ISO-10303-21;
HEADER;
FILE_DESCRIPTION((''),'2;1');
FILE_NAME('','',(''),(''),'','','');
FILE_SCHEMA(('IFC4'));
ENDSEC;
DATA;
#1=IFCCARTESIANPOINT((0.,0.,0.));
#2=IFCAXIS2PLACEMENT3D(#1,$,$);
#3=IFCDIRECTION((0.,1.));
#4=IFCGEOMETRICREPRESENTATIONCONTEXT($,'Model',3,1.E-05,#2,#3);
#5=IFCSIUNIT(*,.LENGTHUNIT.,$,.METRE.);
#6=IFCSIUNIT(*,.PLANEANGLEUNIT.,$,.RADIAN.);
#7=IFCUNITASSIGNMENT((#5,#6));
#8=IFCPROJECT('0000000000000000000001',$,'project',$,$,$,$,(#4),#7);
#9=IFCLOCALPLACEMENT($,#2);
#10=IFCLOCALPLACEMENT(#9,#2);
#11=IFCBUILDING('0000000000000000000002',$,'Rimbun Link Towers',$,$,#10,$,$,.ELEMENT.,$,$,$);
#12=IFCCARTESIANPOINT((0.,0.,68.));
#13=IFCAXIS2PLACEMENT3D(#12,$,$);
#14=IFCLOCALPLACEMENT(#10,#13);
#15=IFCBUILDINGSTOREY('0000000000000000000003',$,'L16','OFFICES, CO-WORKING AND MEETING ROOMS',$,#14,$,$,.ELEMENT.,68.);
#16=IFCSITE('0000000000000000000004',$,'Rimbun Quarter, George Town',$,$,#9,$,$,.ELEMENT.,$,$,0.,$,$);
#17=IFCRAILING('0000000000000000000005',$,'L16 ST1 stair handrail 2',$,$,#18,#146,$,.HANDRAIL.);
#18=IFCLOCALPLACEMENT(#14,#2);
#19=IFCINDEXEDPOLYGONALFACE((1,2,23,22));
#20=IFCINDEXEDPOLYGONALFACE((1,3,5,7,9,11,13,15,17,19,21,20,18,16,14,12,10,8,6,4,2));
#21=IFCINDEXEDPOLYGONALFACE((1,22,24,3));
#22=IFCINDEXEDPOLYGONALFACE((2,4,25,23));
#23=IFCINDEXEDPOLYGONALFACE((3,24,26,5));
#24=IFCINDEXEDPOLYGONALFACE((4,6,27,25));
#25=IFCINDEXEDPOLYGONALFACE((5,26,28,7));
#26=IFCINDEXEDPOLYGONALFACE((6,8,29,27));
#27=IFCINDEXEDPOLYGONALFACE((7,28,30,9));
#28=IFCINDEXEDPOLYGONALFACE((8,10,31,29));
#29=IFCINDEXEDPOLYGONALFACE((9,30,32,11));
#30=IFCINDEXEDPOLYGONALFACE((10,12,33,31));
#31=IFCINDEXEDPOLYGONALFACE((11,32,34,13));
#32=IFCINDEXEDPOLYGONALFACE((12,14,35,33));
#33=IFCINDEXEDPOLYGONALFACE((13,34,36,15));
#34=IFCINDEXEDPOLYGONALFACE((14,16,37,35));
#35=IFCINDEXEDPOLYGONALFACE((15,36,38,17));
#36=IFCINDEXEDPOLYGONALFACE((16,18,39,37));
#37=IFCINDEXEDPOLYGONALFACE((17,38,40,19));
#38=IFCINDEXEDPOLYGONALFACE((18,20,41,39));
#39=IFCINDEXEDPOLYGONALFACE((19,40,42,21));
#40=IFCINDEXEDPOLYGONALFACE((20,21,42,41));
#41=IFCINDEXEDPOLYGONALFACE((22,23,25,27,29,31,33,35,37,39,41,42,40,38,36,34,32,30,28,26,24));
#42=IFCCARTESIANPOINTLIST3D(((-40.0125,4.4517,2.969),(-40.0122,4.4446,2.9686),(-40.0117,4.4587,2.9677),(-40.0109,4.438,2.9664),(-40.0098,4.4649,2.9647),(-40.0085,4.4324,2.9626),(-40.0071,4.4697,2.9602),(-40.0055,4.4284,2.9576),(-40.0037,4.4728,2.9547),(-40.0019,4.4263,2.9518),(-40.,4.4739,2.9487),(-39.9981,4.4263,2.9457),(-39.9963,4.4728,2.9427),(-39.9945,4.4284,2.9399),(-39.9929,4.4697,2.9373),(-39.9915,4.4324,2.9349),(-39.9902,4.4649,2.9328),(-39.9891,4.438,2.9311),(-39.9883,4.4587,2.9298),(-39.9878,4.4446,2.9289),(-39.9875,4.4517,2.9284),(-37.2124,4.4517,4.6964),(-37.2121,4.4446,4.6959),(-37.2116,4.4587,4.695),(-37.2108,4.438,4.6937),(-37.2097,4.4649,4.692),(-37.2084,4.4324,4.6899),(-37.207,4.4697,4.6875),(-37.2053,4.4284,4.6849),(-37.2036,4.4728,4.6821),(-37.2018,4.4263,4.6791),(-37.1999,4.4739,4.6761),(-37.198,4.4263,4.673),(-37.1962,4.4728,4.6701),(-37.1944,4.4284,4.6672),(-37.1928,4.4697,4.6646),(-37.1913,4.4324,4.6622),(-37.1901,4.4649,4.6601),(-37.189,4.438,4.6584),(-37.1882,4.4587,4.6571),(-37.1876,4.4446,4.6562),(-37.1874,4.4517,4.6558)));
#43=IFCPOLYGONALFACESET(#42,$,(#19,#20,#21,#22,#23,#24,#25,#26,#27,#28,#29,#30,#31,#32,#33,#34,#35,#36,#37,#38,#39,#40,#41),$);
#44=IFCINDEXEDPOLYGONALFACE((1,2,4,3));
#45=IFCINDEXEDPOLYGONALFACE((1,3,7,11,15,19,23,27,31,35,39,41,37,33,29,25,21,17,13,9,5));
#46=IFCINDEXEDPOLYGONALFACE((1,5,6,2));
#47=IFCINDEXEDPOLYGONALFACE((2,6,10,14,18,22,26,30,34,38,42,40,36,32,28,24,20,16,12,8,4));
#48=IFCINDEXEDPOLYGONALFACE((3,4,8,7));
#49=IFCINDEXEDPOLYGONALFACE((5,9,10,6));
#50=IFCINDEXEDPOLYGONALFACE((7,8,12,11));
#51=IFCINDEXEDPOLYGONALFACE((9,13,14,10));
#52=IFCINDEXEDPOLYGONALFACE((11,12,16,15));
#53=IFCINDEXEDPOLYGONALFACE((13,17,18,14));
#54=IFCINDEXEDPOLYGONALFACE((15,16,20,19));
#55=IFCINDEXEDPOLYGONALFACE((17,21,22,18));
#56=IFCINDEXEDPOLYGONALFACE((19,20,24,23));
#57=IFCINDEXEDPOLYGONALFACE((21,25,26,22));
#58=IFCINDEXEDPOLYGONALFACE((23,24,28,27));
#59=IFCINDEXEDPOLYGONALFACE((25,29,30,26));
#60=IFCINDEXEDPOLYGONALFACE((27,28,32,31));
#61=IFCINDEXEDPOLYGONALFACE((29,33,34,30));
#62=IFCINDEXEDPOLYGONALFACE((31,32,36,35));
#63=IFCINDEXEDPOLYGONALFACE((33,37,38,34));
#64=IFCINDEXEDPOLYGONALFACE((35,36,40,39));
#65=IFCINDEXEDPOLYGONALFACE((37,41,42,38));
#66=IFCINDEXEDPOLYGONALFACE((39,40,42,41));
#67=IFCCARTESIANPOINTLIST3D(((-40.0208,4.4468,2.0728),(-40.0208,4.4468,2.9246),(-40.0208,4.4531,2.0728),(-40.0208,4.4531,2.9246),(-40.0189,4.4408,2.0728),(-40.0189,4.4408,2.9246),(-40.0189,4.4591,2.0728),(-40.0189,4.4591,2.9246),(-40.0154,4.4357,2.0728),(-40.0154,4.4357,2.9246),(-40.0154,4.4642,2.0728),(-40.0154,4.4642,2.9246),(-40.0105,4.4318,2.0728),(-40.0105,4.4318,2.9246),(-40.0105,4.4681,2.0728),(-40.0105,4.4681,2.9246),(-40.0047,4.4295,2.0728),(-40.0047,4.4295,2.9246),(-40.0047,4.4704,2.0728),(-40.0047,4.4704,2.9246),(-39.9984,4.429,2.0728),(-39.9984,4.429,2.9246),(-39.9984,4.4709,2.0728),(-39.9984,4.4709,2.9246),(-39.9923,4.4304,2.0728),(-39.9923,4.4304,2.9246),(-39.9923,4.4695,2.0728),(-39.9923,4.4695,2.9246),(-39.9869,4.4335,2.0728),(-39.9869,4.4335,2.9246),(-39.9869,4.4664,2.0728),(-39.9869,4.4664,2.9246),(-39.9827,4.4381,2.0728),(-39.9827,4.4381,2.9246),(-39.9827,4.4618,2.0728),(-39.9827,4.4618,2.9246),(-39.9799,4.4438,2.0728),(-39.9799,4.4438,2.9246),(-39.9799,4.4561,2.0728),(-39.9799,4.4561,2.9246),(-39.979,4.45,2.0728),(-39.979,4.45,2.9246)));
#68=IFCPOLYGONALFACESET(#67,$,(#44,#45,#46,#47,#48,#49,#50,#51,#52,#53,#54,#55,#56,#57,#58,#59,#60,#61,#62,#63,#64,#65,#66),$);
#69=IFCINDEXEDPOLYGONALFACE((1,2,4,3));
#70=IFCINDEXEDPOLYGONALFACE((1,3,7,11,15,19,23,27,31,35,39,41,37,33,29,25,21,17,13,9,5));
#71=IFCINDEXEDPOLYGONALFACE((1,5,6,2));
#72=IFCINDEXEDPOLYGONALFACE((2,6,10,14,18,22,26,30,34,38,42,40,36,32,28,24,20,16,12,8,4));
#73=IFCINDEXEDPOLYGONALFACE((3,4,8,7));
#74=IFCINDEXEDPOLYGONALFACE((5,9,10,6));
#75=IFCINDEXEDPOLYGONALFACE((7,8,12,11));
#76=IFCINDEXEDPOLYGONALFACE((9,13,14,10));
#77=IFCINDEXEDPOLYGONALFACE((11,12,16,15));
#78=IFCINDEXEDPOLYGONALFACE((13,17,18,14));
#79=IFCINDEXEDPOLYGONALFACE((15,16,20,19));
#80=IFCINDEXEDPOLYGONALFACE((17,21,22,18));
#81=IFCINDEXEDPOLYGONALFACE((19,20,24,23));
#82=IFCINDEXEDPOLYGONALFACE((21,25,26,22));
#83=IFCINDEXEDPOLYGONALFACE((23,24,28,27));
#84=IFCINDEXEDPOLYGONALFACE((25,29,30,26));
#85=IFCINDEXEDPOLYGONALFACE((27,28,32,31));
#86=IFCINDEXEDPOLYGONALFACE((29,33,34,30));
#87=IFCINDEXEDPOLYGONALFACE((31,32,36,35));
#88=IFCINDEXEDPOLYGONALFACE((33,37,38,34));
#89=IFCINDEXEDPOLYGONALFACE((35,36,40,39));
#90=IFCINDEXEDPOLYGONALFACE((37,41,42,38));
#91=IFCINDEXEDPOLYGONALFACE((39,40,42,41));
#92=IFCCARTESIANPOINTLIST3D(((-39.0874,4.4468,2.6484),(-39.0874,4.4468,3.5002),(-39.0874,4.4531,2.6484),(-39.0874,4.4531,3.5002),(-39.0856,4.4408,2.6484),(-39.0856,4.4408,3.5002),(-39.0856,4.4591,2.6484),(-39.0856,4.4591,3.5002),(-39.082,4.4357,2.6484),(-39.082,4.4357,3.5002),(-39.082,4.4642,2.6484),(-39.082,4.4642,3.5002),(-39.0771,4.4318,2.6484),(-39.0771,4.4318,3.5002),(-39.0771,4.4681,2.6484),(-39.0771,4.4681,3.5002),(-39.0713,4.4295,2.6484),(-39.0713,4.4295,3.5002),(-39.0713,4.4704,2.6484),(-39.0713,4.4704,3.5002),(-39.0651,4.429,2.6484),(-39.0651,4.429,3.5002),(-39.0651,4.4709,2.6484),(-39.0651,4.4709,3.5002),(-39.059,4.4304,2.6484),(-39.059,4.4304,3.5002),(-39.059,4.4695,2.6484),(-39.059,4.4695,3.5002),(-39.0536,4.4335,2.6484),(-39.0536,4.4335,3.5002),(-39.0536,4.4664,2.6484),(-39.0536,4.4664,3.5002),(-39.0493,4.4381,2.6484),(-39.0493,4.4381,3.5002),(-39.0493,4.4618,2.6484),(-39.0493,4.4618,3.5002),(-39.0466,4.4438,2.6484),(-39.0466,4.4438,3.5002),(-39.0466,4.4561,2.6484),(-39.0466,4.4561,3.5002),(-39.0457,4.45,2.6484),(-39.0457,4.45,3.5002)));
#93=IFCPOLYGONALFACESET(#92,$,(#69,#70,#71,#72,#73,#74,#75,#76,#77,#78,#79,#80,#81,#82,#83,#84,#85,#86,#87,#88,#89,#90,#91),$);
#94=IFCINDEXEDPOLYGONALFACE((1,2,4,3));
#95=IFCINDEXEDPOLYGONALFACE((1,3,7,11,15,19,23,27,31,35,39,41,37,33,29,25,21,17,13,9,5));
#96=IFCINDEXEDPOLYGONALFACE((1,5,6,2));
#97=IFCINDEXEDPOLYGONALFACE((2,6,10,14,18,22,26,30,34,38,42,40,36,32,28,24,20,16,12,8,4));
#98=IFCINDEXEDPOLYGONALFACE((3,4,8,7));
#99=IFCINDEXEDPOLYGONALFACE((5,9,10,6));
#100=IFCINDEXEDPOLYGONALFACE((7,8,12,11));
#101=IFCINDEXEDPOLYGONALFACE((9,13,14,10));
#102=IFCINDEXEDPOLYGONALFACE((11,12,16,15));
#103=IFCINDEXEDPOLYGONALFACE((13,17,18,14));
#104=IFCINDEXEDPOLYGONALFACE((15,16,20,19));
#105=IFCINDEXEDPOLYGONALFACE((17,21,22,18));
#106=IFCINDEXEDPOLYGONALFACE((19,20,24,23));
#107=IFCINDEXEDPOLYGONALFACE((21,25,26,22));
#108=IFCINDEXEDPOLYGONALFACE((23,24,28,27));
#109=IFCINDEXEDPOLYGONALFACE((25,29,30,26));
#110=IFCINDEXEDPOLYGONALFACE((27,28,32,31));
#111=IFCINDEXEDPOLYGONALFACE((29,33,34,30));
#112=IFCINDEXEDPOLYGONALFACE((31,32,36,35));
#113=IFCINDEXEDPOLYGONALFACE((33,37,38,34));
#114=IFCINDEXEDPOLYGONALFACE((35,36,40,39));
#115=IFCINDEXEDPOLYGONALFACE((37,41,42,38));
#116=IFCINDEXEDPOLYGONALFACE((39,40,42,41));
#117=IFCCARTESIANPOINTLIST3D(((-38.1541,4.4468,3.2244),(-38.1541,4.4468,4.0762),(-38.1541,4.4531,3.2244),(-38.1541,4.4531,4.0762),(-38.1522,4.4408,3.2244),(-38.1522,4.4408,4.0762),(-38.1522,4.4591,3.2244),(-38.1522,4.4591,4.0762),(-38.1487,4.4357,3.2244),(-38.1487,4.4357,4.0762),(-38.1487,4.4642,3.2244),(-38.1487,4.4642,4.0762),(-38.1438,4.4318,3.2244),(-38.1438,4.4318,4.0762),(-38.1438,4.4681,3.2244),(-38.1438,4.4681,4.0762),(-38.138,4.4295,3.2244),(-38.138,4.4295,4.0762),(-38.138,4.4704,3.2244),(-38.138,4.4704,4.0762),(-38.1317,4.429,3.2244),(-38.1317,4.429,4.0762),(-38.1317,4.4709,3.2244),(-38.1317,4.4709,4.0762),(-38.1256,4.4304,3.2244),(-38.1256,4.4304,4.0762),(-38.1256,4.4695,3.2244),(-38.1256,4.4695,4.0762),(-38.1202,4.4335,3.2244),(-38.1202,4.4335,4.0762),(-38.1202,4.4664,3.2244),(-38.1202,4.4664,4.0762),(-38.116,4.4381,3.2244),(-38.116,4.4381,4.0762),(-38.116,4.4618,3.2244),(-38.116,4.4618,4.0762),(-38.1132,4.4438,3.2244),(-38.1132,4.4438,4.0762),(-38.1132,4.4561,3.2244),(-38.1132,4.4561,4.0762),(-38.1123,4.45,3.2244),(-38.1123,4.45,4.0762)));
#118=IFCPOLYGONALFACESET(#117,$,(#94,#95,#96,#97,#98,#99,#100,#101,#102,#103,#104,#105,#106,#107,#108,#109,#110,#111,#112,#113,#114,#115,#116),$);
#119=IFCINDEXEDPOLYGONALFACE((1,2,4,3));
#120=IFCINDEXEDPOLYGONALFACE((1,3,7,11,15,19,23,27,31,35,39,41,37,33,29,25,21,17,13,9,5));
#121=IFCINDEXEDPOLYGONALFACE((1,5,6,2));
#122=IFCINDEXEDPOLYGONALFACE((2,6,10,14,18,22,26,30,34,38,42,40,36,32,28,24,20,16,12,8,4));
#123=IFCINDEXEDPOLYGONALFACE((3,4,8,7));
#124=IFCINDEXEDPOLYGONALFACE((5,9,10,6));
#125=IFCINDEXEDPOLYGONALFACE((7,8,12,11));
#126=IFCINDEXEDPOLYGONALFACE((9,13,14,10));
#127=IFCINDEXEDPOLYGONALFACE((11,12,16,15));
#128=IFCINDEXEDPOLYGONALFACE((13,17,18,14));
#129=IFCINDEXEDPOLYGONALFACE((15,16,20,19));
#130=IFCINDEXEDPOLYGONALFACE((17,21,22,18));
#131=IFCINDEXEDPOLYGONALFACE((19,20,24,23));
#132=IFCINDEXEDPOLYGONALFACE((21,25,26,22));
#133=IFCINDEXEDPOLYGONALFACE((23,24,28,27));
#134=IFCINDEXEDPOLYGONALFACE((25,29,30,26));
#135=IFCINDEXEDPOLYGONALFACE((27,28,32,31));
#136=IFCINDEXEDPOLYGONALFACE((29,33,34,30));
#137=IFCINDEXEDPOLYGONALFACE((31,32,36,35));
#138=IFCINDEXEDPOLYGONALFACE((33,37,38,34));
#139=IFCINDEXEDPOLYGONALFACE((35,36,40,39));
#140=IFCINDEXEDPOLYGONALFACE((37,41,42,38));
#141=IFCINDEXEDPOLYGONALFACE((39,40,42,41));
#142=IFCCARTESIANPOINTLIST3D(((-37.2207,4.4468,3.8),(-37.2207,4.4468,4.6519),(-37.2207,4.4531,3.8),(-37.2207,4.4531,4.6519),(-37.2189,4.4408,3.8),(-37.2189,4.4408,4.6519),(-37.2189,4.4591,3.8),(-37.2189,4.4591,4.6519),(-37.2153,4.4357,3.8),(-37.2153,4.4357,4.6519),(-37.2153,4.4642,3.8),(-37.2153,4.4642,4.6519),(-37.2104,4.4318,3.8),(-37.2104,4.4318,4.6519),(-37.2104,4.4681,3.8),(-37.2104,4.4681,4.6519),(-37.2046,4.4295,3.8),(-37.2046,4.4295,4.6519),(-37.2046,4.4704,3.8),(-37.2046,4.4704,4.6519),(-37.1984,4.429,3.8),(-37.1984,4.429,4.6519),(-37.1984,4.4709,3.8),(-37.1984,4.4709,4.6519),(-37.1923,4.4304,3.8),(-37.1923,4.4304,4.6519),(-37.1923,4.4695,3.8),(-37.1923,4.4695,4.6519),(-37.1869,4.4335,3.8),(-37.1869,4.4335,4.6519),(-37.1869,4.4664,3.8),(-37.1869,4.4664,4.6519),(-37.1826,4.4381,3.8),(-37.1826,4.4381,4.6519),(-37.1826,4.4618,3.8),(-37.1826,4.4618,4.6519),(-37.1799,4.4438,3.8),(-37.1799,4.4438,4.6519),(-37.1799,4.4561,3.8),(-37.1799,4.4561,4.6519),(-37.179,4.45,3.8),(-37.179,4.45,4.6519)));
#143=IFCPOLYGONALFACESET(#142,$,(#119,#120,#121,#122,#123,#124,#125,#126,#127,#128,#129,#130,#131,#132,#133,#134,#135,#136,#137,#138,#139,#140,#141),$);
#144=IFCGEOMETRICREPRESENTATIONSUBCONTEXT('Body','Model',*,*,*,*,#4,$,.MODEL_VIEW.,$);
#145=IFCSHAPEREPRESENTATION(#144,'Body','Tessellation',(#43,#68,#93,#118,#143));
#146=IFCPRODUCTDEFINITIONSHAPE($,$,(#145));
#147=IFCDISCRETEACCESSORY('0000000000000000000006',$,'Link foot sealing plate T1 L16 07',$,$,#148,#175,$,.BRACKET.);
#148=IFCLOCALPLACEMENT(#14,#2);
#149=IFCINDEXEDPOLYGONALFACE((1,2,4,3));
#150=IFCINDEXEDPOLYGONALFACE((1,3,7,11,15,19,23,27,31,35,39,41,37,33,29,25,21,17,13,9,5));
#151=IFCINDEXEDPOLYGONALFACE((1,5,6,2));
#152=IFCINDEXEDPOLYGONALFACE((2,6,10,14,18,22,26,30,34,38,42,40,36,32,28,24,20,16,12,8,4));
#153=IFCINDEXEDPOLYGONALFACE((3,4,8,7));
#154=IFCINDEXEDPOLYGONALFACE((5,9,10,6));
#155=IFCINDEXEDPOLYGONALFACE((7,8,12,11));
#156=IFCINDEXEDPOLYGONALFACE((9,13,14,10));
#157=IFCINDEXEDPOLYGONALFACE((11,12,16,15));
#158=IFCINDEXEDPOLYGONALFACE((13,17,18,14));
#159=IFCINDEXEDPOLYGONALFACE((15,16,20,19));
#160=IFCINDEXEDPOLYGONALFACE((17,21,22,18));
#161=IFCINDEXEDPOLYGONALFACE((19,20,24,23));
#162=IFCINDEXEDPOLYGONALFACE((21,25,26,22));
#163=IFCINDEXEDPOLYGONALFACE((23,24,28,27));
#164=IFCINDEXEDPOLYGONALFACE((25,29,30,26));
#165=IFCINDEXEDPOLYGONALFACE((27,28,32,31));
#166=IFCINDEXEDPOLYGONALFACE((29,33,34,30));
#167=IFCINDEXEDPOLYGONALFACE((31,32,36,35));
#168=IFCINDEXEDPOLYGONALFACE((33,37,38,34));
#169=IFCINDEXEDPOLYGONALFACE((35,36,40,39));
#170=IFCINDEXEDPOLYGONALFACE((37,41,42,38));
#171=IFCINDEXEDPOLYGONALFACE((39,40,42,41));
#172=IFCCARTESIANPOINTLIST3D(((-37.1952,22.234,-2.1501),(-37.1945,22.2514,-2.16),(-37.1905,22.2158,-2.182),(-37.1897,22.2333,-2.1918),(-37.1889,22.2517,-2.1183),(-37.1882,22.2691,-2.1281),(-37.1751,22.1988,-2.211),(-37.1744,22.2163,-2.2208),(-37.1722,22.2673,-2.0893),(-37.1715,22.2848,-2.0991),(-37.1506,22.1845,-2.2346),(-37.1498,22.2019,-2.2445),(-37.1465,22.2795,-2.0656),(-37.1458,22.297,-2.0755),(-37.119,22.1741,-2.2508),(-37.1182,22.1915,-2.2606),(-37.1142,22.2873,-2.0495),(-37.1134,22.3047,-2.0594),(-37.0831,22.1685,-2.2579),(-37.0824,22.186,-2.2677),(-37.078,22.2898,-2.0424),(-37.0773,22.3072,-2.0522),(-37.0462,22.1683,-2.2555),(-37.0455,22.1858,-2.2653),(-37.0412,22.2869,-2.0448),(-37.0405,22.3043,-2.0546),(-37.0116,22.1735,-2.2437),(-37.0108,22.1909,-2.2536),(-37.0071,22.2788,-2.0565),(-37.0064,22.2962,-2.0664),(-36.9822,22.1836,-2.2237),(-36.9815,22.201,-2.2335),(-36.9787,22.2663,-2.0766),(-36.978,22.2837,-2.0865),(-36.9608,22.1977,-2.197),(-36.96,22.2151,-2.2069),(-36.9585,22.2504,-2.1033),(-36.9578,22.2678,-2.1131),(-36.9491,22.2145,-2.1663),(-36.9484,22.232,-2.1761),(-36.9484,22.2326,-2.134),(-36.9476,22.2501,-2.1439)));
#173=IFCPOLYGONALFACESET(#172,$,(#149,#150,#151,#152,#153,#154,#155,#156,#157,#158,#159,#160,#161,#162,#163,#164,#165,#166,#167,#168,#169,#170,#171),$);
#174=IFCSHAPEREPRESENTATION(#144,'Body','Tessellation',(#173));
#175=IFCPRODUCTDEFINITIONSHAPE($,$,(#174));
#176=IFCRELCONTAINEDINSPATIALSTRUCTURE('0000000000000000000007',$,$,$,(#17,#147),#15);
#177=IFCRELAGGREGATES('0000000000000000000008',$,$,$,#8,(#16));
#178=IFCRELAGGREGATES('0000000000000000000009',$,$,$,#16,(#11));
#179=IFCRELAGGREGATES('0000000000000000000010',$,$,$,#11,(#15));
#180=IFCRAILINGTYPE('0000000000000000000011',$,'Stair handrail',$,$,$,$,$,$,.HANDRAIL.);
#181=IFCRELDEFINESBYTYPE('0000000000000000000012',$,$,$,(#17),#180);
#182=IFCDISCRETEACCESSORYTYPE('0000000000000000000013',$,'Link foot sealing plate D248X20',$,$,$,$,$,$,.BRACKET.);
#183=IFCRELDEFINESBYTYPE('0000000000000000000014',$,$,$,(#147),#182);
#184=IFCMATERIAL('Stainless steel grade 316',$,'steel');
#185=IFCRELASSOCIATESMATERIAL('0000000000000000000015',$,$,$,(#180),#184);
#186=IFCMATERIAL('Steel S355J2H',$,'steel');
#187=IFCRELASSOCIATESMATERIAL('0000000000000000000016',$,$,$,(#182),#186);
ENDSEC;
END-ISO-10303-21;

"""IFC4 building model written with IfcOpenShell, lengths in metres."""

from ifc_helpers import new_model, si_unit, direction, frame, origin, origin_2d, place, context, subcontext, project, spatial, circle, extrude, material, material_profile, profile_set, type_object, element, save


model = new_model("IFC4")

# Units and contexts
model_context = context("Model", 3, precision=1e-05, world=origin(), true_north=direction((0.0, 1.0)))
body_context = subcontext(model_context, "Body", "Model", "MODEL_VIEW")
ifc_project = project(units=[si_unit("LENGTHUNIT", "METRE"), si_unit("PLANEANGLEUNIT", "RADIAN")], contexts=[model_context])

# Site, building, storey
site_placement = place(None, origin())
site = spatial("IfcSite", under=ifc_project, at=site_placement, Name="Rimbun Quarter, George Town", CompositionType="ELEMENT", RefElevation=0.0)
building_placement = place(site_placement, origin())
building = spatial("IfcBuilding", under=site, at=building_placement, Name="Rimbun Link Towers", CompositionType="ELEMENT")
storey_placement = place(building_placement, frame((0.0, 0.0, 68.0)))
storey = spatial("IfcBuildingStorey", under=building, at=storey_placement, Name="L16", Description="OFFICES, CO-WORKING AND MEETING ROOMS", CompositionType="ELEMENT", Elevation=68.0)

# Railing
ifc_material_1 = material(Name="Stainless steel grade 316", Category="steel")
railing_type_1 = type_object("IfcRailingType", Name="Stair handrail", PredefinedType="HANDRAIL", material=ifc_material_1)
railing_1_placement = place(storey_placement, frame((-40.0, 4.45, 2.0728)))
element("IfcRailing", 1, at=railing_1_placement, inside=storey, type_object=railing_type_1, Name="L16 ST1 stair handrail 2", PredefinedType="HANDRAIL", context=body_context, shape_type="SweptSolid", body=[
    extrude(circle(Radius=0.0239, at=origin_2d()), frame((0.0, 0.0, 0.876), z_axis=(0.85109, 0.0, 0.52502), x_axis=(0.0, 1.0, 0.0)), (0.0, 0.0, 1.0), 3.29),
    extrude(circle(Radius=0.021, at=origin_2d()), origin(), (0.0, 0.0, 1.0), 0.8518),
    extrude(circle(Radius=0.021, at=origin_2d()), frame((0.9333, 0.0, 0.5757)), (0.0, 0.0, 1.0), 0.8518),
    extrude(circle(Radius=0.021, at=origin_2d()), frame((1.8667, 0.0, 1.1516)), (0.0, 0.0, 1.0), 0.8518),
    extrude(circle(Radius=0.021, at=origin_2d()), frame((2.8, 0.0, 1.7273)), (0.0, 0.0, 1.0), 0.8518),
])

# Discrete accessory
ifc_material_2 = material(Name="Steel S355J2H", Category="steel")
ifc_material_profile_1 = material_profile(ifc_material_2, circle(Radius=0.124, at=origin_2d()), Name="PL D248")
ifc_profile_set_1 = profile_set([ifc_material_profile_1], Name="Steel S355J2H")
discrete_accessory_type = type_object("IfcDiscreteAccessoryType", Name="Link foot sealing plate D248X20", PredefinedType="BRACKET", material=ifc_profile_set_1)
discrete_accessory_placement = place(storey_placement, frame((-37.0713, 22.2288, -2.1501), z_axis=(0.036788, 0.870658, -0.490511), x_axis=(-0.999109, 0.042216, 0.0)))
element("IfcDiscreteAccessory", 2, at=discrete_accessory_placement, inside=storey, type_object=discrete_accessory_type, Name="Link foot sealing plate T1 L16 07", PredefinedType="BRACKET", context=body_context, shape_type="SweptSolid", body=[
    extrude(circle(Radius=0.124, at=origin_2d()), origin(), (0.0, 0.0, 1.0), 0.02),
])

save(model, "model.ifc")
